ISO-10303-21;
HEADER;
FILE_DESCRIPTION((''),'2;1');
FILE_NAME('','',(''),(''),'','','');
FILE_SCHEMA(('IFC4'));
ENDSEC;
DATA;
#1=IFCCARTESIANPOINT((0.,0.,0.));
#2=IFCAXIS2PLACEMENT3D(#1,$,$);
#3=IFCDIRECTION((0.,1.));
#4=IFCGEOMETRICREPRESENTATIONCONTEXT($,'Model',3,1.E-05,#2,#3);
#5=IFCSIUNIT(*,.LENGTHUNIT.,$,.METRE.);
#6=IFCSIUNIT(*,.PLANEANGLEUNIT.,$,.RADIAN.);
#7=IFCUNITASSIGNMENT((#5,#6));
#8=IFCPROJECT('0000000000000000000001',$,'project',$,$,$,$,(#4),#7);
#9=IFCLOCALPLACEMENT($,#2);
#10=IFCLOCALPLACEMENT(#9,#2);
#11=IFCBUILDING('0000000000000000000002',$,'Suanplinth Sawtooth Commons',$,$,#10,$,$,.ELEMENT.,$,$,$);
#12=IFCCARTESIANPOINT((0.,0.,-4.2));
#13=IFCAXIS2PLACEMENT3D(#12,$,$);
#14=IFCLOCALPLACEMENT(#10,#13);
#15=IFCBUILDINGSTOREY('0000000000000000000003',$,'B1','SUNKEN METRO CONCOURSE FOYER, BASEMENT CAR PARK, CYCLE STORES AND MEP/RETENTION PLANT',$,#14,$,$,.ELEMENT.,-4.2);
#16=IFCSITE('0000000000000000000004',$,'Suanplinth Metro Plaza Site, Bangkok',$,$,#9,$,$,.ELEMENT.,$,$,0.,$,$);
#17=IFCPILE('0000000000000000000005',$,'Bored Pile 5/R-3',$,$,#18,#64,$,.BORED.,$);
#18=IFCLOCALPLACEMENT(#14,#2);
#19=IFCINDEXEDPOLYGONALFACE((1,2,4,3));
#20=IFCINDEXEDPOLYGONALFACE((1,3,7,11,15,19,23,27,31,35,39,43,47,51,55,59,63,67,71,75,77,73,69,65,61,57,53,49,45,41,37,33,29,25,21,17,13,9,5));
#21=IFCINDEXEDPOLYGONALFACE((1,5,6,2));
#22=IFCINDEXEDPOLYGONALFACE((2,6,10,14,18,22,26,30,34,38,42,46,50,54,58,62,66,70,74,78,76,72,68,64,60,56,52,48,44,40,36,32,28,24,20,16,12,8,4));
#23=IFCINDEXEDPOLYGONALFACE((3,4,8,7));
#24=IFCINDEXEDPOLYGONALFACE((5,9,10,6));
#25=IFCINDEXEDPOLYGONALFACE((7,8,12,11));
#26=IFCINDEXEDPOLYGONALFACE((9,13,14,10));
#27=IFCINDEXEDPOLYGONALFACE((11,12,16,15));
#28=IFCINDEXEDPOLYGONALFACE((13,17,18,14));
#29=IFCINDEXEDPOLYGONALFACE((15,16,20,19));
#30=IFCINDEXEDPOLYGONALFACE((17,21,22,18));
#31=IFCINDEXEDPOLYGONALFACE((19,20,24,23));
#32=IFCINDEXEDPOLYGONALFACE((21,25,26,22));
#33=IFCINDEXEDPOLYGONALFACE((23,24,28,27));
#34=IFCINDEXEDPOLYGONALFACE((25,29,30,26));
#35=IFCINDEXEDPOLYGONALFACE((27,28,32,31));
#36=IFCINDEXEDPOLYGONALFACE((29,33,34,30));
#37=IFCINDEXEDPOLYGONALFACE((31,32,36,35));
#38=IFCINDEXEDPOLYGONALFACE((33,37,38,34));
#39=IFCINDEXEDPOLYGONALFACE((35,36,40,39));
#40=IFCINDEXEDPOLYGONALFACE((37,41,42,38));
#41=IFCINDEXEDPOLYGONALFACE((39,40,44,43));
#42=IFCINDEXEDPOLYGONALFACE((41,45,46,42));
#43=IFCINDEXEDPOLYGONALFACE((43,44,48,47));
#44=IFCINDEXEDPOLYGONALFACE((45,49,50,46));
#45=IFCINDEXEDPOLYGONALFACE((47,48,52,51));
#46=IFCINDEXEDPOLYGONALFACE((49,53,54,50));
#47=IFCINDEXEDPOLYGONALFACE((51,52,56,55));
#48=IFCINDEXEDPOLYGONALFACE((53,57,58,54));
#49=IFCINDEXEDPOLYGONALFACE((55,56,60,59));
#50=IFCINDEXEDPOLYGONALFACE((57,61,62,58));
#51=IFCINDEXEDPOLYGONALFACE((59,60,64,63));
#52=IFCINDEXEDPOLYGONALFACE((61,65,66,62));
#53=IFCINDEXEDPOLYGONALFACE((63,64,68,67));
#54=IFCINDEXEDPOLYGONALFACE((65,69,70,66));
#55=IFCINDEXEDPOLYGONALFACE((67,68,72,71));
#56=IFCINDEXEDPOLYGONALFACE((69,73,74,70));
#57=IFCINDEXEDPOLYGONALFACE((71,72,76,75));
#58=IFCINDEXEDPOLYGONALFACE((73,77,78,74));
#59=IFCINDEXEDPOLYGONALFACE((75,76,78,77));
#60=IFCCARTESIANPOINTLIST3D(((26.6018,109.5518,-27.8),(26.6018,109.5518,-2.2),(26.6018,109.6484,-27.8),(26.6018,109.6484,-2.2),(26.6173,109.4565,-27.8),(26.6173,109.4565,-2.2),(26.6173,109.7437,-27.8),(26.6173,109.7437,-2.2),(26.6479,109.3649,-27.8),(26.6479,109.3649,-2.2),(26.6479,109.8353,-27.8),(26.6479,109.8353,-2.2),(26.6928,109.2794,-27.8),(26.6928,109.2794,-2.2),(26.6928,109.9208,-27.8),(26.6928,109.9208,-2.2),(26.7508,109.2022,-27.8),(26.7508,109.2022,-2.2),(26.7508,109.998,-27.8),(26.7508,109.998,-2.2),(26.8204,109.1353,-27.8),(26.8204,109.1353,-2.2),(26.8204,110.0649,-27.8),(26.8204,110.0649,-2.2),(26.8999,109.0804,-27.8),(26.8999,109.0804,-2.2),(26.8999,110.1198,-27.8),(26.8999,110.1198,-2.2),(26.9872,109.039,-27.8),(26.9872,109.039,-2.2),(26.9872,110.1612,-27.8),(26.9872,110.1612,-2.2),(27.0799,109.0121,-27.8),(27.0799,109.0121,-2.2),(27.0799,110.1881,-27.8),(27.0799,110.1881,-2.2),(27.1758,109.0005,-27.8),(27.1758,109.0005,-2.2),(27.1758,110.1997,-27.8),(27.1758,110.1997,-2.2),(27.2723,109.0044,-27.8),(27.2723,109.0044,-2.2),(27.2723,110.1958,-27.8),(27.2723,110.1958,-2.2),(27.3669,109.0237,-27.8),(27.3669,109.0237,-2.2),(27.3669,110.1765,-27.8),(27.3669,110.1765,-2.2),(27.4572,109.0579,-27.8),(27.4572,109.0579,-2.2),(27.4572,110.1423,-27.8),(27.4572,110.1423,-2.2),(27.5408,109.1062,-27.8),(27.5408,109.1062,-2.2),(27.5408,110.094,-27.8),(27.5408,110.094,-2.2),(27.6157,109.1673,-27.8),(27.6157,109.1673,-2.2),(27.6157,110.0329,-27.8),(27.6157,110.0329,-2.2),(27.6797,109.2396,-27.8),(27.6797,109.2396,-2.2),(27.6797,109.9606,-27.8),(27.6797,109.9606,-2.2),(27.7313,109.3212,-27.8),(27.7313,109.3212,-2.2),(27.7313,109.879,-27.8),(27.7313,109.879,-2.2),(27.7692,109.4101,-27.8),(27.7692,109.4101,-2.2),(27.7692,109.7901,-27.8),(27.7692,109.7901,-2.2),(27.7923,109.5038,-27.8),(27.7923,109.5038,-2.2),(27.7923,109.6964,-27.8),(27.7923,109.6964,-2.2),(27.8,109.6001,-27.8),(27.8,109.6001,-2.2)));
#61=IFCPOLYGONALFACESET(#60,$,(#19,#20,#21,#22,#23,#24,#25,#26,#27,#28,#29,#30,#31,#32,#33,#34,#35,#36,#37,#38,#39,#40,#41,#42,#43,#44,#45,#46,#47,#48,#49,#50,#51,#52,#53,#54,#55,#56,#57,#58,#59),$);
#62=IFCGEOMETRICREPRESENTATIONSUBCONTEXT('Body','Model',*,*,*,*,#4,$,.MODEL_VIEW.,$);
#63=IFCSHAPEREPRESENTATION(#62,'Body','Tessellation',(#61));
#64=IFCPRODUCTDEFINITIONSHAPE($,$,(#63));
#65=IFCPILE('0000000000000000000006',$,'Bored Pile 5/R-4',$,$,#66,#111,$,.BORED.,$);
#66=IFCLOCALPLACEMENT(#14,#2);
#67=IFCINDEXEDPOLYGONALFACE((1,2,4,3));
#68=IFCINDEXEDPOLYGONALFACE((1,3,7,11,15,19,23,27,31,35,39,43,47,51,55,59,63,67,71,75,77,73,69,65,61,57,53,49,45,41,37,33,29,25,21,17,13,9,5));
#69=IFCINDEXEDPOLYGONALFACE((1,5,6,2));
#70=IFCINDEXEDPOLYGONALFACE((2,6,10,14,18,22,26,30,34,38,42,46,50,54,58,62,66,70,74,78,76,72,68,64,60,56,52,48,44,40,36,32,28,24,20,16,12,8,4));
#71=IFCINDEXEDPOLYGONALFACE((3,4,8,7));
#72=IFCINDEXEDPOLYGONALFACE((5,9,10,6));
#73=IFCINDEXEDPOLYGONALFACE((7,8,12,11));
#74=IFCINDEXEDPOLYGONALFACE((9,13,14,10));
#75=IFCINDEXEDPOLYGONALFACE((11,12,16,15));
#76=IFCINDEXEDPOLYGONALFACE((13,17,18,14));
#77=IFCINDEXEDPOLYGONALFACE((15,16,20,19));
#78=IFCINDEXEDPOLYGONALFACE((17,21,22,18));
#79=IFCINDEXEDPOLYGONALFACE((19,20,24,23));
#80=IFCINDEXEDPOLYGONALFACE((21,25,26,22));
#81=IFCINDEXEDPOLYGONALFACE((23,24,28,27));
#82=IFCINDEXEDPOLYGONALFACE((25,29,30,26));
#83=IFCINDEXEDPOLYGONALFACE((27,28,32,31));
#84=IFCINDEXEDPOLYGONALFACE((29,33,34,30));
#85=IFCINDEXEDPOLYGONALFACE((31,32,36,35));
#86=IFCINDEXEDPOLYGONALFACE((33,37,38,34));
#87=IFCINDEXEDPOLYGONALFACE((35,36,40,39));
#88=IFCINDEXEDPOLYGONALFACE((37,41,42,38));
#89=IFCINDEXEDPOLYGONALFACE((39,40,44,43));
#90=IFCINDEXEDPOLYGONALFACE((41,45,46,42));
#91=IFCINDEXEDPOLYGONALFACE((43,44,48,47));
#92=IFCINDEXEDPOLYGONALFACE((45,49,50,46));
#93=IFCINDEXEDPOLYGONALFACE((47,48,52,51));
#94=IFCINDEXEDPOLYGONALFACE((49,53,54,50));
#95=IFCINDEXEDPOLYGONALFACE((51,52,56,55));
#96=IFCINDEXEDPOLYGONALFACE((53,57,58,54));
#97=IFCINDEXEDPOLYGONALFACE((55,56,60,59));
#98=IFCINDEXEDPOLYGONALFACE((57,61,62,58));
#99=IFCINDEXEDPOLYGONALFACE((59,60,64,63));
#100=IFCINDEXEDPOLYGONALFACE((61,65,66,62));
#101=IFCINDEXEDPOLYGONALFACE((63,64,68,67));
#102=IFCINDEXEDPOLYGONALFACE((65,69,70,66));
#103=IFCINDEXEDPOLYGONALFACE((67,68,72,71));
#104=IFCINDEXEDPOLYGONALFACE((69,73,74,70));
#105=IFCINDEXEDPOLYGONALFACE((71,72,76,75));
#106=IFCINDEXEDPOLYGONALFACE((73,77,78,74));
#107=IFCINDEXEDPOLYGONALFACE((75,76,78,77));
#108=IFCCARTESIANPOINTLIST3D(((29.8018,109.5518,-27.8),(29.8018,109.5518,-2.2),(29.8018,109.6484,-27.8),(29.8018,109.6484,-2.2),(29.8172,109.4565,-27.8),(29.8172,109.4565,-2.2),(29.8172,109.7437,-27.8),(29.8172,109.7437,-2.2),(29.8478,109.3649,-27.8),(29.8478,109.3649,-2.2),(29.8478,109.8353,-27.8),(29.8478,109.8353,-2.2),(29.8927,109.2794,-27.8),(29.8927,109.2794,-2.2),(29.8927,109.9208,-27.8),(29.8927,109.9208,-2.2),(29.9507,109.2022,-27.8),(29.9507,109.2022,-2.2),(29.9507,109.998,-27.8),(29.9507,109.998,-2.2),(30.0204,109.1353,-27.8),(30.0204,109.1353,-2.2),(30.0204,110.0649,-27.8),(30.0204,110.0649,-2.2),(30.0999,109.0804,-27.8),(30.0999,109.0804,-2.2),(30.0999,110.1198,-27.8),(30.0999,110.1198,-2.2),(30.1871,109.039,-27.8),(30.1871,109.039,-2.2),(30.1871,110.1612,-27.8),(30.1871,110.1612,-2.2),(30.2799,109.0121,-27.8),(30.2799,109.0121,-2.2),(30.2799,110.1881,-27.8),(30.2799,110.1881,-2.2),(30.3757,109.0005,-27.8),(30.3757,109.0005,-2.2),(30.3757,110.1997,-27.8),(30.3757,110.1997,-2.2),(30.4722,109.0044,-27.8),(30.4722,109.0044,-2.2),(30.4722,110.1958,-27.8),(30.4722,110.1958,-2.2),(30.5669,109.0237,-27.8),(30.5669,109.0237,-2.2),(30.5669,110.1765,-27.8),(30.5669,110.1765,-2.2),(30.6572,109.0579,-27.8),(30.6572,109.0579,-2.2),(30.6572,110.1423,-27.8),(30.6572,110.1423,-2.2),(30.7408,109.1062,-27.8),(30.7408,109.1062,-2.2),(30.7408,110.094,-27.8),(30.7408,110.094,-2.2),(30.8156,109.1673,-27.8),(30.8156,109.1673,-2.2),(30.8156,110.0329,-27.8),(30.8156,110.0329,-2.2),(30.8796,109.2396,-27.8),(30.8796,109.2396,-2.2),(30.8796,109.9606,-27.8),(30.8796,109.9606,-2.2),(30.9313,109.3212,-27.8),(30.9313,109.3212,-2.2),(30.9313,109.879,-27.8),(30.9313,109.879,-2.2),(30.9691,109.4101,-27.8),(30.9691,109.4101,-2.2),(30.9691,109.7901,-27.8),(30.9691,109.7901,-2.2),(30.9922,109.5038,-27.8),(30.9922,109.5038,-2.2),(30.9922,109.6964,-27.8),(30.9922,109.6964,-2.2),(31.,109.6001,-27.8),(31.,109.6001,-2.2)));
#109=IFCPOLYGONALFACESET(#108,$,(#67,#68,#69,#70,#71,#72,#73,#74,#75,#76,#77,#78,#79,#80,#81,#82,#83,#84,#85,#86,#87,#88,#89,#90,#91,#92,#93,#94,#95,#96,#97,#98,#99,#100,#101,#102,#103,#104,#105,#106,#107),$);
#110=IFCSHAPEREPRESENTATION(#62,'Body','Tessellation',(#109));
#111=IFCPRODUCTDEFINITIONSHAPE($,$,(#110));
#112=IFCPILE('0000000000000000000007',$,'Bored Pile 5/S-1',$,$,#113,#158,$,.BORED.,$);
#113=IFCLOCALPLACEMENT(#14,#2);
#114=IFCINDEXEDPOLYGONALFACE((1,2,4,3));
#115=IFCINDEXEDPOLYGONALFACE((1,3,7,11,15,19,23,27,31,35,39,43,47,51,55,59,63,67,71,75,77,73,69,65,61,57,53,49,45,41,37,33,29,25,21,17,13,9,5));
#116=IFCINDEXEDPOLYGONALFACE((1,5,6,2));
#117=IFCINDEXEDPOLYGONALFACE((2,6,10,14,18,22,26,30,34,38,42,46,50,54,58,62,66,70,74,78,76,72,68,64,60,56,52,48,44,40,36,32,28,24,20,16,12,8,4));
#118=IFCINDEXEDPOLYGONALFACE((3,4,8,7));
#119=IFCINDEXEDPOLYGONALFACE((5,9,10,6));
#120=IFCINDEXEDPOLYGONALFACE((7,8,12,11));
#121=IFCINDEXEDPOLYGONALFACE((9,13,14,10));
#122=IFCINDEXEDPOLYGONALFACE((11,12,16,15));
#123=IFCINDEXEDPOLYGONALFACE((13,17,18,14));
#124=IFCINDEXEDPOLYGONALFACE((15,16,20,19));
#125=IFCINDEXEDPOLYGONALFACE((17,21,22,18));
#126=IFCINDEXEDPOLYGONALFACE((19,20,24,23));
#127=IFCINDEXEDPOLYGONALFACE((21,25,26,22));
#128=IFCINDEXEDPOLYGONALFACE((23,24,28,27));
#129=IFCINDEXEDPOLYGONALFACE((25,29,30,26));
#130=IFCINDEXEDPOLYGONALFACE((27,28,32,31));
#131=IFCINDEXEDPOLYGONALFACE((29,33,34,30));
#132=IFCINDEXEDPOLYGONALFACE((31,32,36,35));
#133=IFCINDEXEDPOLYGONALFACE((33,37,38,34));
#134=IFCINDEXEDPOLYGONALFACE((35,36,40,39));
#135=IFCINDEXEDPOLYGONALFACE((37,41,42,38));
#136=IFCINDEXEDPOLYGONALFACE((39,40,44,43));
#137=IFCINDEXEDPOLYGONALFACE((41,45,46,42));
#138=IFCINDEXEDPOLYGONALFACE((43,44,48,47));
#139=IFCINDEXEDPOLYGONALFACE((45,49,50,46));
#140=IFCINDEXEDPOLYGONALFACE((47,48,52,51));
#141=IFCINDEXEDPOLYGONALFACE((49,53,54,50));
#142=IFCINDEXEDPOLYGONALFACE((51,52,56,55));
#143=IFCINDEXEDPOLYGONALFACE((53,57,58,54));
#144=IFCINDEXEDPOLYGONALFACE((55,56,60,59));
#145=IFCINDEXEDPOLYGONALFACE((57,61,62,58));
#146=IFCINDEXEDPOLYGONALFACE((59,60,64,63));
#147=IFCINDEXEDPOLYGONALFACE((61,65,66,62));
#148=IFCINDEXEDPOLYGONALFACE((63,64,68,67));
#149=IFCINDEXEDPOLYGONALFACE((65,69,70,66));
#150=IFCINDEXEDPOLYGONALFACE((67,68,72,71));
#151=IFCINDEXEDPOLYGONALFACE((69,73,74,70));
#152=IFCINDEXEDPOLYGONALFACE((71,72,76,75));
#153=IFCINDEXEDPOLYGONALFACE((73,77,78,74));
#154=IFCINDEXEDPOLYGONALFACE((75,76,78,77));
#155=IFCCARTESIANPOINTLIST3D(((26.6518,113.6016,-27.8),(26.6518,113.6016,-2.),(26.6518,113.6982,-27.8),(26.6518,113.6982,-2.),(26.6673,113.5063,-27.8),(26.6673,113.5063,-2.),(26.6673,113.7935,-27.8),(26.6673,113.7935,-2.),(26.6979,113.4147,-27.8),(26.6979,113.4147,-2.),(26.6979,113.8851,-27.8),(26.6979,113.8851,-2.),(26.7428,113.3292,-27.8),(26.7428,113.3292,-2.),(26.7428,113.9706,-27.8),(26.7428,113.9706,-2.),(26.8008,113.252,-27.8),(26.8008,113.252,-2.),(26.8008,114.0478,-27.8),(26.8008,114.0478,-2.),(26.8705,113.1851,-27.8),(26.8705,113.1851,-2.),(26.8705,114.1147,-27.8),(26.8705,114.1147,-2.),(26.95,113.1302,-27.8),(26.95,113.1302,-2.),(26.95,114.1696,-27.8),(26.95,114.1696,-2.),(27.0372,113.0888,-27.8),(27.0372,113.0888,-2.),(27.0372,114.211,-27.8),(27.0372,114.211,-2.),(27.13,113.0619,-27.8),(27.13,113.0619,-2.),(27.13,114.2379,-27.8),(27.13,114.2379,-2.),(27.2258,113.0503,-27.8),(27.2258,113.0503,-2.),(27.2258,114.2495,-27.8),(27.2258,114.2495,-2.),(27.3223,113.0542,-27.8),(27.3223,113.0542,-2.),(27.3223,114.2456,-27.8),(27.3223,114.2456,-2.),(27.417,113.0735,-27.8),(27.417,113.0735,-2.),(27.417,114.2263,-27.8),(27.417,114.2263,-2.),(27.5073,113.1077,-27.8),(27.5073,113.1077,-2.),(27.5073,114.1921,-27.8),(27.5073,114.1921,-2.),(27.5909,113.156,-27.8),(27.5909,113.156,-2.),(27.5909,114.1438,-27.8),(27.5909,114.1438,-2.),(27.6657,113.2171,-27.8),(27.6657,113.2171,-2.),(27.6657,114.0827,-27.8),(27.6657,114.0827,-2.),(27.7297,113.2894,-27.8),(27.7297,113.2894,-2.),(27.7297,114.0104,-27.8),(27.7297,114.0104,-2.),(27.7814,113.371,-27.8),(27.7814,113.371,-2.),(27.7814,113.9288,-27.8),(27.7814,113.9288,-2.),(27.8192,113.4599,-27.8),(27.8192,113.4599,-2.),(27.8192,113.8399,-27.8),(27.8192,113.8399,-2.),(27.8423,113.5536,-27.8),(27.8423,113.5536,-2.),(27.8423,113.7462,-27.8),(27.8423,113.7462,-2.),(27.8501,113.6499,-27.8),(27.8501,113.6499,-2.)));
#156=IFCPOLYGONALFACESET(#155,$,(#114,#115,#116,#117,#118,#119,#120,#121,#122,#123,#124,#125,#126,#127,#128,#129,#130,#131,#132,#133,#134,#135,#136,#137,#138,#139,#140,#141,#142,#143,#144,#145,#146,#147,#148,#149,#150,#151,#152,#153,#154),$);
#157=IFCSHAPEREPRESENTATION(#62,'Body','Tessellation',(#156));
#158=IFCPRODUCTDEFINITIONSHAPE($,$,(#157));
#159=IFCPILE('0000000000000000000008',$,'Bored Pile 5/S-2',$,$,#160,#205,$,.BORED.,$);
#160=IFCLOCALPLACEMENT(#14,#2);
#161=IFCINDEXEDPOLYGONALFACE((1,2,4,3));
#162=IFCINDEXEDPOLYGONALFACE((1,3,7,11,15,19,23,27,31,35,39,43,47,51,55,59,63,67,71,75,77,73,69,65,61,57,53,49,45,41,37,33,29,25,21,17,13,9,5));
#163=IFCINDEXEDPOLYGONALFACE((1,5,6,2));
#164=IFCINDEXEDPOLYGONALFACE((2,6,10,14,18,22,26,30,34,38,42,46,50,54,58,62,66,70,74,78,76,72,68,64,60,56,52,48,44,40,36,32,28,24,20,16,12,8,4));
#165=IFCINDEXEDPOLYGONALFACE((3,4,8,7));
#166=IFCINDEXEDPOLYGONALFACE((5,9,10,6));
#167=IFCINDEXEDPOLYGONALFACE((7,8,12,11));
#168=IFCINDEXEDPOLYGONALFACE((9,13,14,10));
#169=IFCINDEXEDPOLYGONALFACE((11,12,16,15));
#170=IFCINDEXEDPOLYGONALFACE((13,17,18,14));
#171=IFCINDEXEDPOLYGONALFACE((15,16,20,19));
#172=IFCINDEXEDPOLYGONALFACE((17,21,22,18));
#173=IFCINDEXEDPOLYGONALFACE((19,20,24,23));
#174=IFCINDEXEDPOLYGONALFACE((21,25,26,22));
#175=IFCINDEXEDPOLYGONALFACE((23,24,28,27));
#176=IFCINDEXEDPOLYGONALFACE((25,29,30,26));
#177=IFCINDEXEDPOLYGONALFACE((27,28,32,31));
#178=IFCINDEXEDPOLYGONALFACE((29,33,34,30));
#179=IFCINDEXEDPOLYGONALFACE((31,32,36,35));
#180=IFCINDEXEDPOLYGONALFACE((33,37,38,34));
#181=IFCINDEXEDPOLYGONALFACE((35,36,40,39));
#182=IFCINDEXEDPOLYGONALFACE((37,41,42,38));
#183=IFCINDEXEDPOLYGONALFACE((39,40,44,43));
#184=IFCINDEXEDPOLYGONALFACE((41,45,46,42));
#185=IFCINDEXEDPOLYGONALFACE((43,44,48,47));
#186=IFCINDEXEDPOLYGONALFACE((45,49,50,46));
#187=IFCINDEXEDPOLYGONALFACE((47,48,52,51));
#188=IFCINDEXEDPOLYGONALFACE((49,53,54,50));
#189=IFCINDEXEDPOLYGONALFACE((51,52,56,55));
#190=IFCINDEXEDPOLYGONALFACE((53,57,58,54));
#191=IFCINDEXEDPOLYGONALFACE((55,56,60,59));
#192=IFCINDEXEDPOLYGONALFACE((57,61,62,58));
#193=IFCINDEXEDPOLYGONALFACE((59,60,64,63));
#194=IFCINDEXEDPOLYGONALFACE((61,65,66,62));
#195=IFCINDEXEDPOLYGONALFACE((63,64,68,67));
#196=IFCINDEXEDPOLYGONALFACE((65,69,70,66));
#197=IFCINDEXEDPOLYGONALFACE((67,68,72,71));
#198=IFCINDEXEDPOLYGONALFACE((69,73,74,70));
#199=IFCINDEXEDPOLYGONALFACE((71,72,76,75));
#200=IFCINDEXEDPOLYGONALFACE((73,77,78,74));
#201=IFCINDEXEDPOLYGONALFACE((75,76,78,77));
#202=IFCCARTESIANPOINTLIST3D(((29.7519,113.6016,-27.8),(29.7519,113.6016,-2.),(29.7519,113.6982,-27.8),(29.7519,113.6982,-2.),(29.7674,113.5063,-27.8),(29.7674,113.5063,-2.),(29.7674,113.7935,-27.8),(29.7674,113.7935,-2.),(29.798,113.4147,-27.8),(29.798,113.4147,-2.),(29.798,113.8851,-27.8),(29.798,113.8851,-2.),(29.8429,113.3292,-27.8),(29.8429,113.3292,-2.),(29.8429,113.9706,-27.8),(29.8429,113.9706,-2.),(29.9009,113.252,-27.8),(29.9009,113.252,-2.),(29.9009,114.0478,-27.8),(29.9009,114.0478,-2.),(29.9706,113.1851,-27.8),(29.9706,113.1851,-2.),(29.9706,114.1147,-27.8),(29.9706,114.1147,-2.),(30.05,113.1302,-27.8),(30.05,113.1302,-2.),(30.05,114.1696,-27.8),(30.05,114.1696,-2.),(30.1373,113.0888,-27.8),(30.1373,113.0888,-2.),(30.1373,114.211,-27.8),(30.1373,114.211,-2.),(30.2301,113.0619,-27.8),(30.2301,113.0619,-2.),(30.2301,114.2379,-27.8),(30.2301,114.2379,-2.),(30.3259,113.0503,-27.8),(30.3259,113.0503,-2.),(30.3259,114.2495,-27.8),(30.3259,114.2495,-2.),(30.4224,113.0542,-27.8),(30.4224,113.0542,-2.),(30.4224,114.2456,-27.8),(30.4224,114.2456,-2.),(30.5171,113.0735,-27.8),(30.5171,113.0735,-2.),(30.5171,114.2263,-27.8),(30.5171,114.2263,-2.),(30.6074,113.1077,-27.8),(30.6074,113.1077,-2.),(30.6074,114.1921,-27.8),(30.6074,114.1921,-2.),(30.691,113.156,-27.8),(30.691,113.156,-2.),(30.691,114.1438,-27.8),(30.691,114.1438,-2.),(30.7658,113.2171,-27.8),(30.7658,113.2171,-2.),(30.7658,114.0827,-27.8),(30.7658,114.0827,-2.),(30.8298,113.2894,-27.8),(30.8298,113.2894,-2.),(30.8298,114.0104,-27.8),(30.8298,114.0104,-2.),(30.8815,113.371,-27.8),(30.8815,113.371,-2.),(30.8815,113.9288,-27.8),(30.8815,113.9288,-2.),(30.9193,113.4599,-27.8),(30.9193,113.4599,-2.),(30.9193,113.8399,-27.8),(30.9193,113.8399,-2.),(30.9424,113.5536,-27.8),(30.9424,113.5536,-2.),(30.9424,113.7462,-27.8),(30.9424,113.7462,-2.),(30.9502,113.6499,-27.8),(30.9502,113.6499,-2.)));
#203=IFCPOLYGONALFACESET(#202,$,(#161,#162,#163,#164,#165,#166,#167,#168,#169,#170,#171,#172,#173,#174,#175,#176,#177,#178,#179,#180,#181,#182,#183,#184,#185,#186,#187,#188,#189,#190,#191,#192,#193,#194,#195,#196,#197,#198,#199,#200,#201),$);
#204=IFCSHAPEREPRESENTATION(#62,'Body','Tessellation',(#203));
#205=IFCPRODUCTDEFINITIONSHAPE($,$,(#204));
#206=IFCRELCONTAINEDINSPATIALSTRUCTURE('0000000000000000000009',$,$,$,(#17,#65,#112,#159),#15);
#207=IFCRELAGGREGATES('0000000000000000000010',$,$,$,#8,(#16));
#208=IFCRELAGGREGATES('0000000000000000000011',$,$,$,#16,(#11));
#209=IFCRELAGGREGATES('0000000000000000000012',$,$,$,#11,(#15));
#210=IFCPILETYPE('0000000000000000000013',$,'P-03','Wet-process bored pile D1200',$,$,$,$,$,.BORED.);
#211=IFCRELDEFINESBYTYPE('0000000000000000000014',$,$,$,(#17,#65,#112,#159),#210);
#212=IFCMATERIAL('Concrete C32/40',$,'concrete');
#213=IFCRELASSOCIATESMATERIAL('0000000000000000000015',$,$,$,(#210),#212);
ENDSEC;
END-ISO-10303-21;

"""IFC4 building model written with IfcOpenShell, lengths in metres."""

from ifc_helpers import new_model, si_unit, direction, frame, origin, origin_2d, place, context, subcontext, project, spatial, circle, extrude, material, material_profile, profile_set, type_object, element, save


model = new_model("IFC4")

# Units and contexts
model_context = context("Model", 3, precision=1e-05, world=origin(), true_north=direction((0.0, 1.0)))
body_context = subcontext(model_context, "Body", "Model", "MODEL_VIEW")
ifc_project = project(units=[si_unit("LENGTHUNIT", "METRE"), si_unit("PLANEANGLEUNIT", "RADIAN")], contexts=[model_context])

# Site, building, storey
site_placement = place(None, origin())
site = spatial("IfcSite", under=ifc_project, at=site_placement, Name="Suanplinth Metro Plaza Site, Bangkok", CompositionType="ELEMENT", RefElevation=0.0)
building_placement = place(site_placement, origin())
building = spatial("IfcBuilding", under=site, at=building_placement, Name="Suanplinth Sawtooth Commons", CompositionType="ELEMENT")
storey_placement = place(building_placement, frame((0.0, 0.0, -4.2)))
storey = spatial("IfcBuildingStorey", under=building, at=storey_placement, Name="B1", Description="SUNKEN METRO CONCOURSE FOYER, BASEMENT CAR PARK, CYCLE STORES AND MEP/RETENTION PLANT", CompositionType="ELEMENT", Elevation=-4.2)

# Piles
ifc_material_1 = material(Name="Concrete C32/40", Category="concrete")
ifc_material_profile_1 = material_profile(ifc_material_1, circle(Radius=0.6001, at=origin_2d()), Name="PILE D1200")
ifc_profile_set_1 = profile_set([ifc_material_profile_1], Name="Concrete C32/40")
pile_type = type_object("IfcPileType", Name="P-03", Description="Wet-process bored pile D1200", PredefinedType="BORED", material=ifc_profile_set_1)
for number, where, z_axis, x_axis, name in (
    (1, (27.2, 109.6001, -2.2), (0.0, 0.0, -1.0), (1.0, 0.0, 0.0), "Bored Pile 5/R-3"),
    (2, (30.3999, 109.6001, -2.2), (0.0, 0.0, -1.0), (1.0, 0.0, 0.0), "Bored Pile 5/R-4"),
):
    element("IfcPile", number, at=place(storey_placement, frame(where, z_axis=z_axis, x_axis=x_axis)), inside=storey, type_object=pile_type, Name=name, PredefinedType="BORED", context=body_context, shape_type="SweptSolid", body=[
        extrude(circle(Radius=0.6001, at=origin_2d()), origin(), (0.0, 0.0, 1.0), 25.6001),
    ])
for number, where, z_axis, x_axis, name in (
    (3, (27.25, 113.6499, -2.0), (0.0, 0.0, -1.0), (1.0, 0.0, 0.0), "Bored Pile 5/S-1"),
    (4, (30.3501, 113.6499, -2.0), (0.0, 0.0, -1.0), (1.0, 0.0, 0.0), "Bored Pile 5/S-2"),
):
    element("IfcPile", number, at=place(storey_placement, frame(where, z_axis=z_axis, x_axis=x_axis)), inside=storey, type_object=pile_type, Name=name, PredefinedType="BORED", context=body_context, shape_type="SweptSolid", body=[
        extrude(circle(Radius=0.6001, at=origin_2d()), origin(), (0.0, 0.0, 1.0), 25.8),
    ])

save(model, "model.ifc")
